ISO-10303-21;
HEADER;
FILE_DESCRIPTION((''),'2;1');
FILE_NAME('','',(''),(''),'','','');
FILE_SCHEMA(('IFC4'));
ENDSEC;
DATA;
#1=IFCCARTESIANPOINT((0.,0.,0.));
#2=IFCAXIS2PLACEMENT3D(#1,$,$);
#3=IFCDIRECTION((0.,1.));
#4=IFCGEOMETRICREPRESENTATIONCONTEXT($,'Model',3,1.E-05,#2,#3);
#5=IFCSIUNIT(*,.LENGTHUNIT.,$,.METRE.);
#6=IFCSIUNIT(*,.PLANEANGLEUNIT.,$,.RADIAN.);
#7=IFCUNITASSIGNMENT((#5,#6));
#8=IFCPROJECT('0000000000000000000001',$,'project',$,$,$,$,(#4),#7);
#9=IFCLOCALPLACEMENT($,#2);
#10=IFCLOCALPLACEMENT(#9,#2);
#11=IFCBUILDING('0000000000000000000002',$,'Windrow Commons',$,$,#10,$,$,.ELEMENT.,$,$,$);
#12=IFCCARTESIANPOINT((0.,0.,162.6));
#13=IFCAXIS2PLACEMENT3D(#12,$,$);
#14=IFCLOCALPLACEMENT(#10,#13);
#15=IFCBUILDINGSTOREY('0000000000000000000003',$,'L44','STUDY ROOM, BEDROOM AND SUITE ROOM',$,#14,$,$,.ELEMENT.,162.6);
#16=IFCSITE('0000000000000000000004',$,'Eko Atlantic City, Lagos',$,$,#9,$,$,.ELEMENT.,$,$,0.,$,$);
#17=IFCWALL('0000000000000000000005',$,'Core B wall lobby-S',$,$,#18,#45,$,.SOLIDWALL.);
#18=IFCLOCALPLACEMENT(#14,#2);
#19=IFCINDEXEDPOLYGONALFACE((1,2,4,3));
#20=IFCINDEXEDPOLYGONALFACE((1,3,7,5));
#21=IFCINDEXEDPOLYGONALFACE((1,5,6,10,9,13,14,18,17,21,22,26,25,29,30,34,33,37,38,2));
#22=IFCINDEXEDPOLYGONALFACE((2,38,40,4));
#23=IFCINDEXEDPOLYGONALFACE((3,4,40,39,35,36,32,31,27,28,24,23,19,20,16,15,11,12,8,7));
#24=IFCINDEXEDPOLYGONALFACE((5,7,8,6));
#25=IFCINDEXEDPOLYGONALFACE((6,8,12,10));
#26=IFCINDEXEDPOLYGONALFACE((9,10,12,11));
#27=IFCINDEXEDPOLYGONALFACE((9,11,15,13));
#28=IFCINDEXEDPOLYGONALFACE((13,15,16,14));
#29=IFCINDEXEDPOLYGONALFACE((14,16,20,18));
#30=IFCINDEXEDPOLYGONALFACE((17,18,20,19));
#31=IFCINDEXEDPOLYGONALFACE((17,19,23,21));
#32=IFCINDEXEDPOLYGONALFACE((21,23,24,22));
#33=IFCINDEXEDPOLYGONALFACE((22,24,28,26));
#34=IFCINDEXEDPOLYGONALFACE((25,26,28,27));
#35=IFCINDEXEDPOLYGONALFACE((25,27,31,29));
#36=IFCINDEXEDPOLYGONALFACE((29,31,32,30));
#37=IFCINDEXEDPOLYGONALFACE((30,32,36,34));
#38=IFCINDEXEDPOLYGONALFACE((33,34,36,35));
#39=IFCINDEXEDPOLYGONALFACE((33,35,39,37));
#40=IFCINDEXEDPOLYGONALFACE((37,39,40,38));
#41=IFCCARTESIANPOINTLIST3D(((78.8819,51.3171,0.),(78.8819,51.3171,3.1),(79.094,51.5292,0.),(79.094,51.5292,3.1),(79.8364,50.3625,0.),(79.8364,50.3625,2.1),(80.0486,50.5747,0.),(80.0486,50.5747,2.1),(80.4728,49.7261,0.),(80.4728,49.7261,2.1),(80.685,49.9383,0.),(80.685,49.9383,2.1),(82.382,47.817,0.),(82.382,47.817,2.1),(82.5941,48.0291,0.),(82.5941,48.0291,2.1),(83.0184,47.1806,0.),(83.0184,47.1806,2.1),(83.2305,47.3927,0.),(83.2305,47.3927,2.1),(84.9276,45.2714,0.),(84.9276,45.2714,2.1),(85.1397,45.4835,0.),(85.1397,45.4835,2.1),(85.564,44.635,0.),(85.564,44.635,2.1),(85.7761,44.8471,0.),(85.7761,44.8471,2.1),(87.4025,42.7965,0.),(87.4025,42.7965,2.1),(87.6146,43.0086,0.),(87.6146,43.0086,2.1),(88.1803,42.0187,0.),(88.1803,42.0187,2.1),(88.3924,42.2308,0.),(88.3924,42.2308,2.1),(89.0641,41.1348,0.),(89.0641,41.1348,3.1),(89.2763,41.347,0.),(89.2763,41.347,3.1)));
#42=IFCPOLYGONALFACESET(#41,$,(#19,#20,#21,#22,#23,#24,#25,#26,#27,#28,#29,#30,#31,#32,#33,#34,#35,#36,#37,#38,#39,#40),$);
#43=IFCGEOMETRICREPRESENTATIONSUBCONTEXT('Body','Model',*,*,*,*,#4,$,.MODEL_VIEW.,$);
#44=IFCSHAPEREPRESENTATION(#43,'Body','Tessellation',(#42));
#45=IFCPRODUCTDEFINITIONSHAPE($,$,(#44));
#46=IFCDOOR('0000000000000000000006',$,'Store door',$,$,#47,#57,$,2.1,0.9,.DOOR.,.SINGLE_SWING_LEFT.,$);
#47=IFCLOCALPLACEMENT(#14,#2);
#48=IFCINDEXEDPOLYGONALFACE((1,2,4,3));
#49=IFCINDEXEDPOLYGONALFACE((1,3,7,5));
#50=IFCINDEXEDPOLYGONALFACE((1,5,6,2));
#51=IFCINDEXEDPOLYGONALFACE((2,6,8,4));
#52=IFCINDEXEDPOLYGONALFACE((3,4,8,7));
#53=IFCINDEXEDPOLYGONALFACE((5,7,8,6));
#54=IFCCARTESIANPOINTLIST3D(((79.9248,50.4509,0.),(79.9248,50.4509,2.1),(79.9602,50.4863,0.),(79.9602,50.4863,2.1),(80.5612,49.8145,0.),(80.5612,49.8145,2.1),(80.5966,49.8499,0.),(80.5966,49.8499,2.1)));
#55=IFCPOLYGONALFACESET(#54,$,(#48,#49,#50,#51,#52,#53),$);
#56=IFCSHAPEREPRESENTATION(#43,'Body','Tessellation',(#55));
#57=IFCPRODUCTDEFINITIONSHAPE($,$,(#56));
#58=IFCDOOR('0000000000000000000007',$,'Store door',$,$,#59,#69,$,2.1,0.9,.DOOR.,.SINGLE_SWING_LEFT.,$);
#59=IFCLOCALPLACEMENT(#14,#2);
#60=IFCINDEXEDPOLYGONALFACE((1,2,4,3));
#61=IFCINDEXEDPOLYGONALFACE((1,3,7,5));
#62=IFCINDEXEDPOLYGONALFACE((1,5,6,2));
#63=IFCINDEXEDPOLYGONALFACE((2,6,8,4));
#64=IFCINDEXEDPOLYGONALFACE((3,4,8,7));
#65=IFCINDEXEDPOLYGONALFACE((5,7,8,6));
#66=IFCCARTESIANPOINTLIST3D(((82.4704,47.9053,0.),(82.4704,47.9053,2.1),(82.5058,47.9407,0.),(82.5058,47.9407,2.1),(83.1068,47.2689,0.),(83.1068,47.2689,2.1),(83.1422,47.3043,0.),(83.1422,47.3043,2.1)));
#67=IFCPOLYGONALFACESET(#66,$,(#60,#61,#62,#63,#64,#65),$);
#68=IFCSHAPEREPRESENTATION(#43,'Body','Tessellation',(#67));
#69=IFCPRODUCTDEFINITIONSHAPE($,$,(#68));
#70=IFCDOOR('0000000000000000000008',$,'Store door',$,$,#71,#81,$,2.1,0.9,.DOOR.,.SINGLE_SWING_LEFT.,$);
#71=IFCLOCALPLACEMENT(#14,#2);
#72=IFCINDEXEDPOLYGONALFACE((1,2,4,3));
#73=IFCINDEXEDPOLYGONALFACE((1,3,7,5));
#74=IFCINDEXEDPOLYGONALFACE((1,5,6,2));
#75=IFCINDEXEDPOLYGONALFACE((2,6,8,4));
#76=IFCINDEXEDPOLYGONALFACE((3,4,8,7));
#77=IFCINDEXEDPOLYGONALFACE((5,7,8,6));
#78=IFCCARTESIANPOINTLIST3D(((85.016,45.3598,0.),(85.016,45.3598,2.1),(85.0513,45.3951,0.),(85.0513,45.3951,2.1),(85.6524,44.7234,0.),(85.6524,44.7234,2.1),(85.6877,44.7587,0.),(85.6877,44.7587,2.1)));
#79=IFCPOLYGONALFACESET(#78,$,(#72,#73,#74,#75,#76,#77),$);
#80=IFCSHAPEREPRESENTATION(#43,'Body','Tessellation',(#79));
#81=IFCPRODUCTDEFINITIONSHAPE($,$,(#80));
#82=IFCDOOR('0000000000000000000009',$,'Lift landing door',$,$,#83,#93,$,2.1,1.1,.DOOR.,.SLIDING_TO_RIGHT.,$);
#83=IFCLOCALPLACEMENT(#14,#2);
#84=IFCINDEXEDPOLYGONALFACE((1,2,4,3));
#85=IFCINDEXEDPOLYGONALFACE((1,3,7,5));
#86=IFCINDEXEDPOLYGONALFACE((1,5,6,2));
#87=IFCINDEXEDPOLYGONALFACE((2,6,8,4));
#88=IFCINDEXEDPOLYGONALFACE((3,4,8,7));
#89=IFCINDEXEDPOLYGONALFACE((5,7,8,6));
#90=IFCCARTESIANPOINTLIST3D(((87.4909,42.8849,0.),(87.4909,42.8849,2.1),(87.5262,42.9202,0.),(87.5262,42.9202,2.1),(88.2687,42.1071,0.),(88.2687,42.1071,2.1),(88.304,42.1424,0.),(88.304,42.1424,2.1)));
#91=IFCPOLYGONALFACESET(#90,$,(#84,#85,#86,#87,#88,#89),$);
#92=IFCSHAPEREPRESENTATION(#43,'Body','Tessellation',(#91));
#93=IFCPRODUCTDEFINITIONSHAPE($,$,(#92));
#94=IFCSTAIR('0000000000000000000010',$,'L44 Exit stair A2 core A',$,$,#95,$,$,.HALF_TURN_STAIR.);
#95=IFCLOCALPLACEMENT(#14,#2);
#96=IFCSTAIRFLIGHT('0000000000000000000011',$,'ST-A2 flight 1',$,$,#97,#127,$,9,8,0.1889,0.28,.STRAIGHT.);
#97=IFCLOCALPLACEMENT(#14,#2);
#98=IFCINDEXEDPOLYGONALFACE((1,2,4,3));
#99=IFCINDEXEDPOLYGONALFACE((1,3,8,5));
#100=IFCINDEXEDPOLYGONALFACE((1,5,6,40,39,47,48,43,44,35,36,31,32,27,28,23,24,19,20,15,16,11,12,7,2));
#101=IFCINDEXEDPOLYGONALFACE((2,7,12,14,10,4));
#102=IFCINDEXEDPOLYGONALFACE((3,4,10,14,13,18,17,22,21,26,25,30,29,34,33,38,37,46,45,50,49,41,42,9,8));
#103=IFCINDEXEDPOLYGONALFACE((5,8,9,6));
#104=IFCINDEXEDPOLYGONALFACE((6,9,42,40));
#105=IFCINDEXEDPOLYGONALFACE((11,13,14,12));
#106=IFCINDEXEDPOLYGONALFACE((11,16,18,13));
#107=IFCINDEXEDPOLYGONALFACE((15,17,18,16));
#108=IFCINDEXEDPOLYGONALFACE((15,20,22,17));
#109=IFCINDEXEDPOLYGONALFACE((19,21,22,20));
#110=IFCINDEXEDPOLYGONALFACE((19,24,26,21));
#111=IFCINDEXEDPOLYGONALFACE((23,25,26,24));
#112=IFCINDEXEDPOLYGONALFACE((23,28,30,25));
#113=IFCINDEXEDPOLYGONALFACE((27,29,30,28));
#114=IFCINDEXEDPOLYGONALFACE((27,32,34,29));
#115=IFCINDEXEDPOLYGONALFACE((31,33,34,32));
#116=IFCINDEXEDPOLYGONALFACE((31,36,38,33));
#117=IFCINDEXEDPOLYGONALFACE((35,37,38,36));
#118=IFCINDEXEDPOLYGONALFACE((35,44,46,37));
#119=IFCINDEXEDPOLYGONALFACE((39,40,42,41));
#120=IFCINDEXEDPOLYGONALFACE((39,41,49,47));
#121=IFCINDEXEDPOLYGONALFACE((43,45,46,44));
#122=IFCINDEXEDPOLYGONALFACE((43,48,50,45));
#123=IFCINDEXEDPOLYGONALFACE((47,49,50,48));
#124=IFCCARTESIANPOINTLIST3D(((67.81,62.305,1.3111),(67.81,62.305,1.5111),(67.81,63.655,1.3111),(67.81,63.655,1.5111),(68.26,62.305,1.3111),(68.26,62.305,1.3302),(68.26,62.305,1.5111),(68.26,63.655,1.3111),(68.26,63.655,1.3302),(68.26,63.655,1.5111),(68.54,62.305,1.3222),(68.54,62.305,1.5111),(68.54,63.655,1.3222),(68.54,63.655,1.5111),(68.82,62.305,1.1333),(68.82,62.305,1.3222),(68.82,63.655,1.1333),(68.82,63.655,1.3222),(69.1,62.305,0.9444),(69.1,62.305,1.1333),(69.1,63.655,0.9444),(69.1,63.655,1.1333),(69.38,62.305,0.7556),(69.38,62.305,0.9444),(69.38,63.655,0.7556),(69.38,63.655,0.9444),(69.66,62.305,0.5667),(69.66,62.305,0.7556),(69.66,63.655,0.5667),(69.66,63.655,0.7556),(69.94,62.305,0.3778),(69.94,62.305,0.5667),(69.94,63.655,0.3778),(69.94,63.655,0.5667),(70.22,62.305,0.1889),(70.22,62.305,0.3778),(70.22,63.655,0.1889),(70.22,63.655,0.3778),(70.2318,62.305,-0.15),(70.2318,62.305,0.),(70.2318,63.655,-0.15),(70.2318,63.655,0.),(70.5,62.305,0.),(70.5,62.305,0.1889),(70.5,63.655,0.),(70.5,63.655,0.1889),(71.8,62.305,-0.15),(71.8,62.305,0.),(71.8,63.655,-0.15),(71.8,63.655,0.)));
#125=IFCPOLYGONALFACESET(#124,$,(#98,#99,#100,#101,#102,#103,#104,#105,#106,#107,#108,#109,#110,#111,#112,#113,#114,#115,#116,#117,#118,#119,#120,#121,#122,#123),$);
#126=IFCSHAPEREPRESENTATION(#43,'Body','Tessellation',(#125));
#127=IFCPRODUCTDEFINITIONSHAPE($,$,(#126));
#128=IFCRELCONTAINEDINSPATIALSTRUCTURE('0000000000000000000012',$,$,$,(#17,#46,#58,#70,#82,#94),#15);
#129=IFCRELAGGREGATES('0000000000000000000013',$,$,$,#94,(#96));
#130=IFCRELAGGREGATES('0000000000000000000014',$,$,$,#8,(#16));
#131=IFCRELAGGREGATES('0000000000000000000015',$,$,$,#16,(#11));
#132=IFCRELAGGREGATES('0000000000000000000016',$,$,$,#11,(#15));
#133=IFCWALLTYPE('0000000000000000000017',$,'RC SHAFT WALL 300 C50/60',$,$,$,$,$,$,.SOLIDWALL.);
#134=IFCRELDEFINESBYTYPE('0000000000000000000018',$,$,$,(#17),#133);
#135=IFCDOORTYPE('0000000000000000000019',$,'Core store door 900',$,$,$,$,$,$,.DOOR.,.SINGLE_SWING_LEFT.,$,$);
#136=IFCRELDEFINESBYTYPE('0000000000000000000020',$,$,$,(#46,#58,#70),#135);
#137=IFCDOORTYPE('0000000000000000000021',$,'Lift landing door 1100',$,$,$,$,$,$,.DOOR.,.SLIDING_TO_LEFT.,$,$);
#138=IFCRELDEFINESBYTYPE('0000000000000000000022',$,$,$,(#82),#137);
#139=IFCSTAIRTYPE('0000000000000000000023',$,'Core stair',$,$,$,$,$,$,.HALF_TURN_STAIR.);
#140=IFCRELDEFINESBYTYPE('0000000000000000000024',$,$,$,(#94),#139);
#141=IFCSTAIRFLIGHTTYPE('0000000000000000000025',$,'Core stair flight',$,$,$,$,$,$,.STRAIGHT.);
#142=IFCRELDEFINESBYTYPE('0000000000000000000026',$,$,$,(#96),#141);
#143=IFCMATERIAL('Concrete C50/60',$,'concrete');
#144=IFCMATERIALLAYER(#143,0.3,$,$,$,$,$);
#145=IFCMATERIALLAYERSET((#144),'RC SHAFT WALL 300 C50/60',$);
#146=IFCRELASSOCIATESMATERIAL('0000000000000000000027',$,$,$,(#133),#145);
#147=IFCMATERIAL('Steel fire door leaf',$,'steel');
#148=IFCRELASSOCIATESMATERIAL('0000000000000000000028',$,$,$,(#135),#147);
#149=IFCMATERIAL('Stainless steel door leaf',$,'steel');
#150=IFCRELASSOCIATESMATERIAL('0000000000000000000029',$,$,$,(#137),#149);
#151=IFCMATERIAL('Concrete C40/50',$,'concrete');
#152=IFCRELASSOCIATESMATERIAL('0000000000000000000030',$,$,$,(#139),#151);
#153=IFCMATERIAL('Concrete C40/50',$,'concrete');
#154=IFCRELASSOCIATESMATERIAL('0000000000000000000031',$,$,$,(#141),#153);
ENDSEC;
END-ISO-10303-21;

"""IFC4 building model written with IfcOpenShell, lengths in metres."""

from ifc_helpers import new_model, si_unit, direction, frame, frame_2d, origin, place, context, subcontext, project, spatial, polyline, rectangle, outline, extrude, material, layer, layer_set, type_object, element, fill, aggregate, save


model = new_model("IFC4")

# Units and contexts
model_context = context("Model", 3, precision=1e-05, world=origin(), true_north=direction((0.0, 1.0)))
body_context = subcontext(model_context, "Body", "Model", "MODEL_VIEW")
ifc_project = project(units=[si_unit("LENGTHUNIT", "METRE"), si_unit("PLANEANGLEUNIT", "RADIAN")], contexts=[model_context])

# Site, building, storey
site_placement = place(None, origin())
site = spatial("IfcSite", under=ifc_project, at=site_placement, Name="Eko Atlantic City, Lagos", CompositionType="ELEMENT", RefElevation=0.0)
building_placement = place(site_placement, origin())
building = spatial("IfcBuilding", under=site, at=building_placement, Name="Windrow Commons", CompositionType="ELEMENT")
storey_placement = place(building_placement, frame((0.0, 0.0, 162.6)))
storey = spatial("IfcBuildingStorey", under=building, at=storey_placement, Name="L44", Description="STUDY ROOM, BEDROOM AND SUITE ROOM", CompositionType="ELEMENT", Elevation=162.6)

# Shared definitions
ifc_material_1 = material(Name="Concrete C50/60", Category="concrete")
ifc_layer_1 = layer(ifc_material_1, 0.3)
ifc_layer_set_1 = layer_set([ifc_layer_1], Name="RC SHAFT WALL 300 C50/60")
wall_type_1 = type_object("IfcWallType", Name="RC SHAFT WALL 300 C50/60", PredefinedType="SOLIDWALL", material=ifc_layer_set_1)

# Wall, openings, doors
wall_1_placement = place(storey_placement, frame((78.9879, 51.4232, 0.0), z_axis=(0.0, 0.0, 1.0), x_axis=(0.707107, -0.707107, 0.0)))
wall_1 = element("IfcWall", 1, at=wall_1_placement, inside=storey, type_object=wall_type_1, Name="Core B wall lobby-S", PredefinedType="SOLIDWALL", context=body_context, shape_type="SweptSolid", body=[
    extrude(rectangle(XDim=14.3999, YDim=0.3, at=frame_2d((7.2, 0.0))), origin(), (0.0, 0.0, 1.0), 3.1),
])
opening_1_placement = place(wall_1_placement, frame((1.35, 0.0, 0.0)))
opening_1 = element("IfcOpeningElement", 2, at=opening_1_placement, cuts=wall_1, PredefinedType="OPENING", context=body_context, shape_type="SweptSolid", body=[
    extrude(rectangle(XDim=0.9, YDim=2.1, at=frame_2d((0.45, 1.05))), frame((0.0, 0.16, 0.0), z_axis=(0.0, -1.0, 0.0), x_axis=(1.0, 0.0, 0.0)), (0.0, 0.0, 1.0), 0.32),
])
opening_2_placement = place(wall_1_placement, frame((4.95, 0.0, 0.0)))
opening_2 = element("IfcOpeningElement", 3, at=opening_2_placement, cuts=wall_1, PredefinedType="OPENING", context=body_context, shape_type="SweptSolid", body=[
    extrude(rectangle(XDim=0.9, YDim=2.1, at=frame_2d((0.45, 1.05))), frame((0.0, 0.16, 0.0), z_axis=(0.0, -1.0, 0.0), x_axis=(1.0, 0.0, 0.0)), (0.0, 0.0, 1.0), 0.32),
])
opening_3_placement = place(wall_1_placement, frame((8.55, 0.0, 0.0)))
opening_3 = element("IfcOpeningElement", 4, at=opening_3_placement, cuts=wall_1, PredefinedType="OPENING", context=body_context, shape_type="SweptSolid", body=[
    extrude(rectangle(XDim=0.9, YDim=2.1, at=frame_2d((0.45, 1.05))), frame((0.0, 0.16, 0.0), z_axis=(0.0, -1.0, 0.0), x_axis=(1.0, 0.0, 0.0)), (0.0, 0.0, 1.0), 0.32),
])
opening_4_placement = place(wall_1_placement, frame((12.05, 0.0, 0.0)))
opening_4 = element("IfcOpeningElement", 5, at=opening_4_placement, cuts=wall_1, PredefinedType="OPENING", context=body_context, shape_type="SweptSolid", body=[
    extrude(rectangle(XDim=1.1, YDim=2.1, at=frame_2d((0.55, 1.05))), frame((0.0, 0.16, 0.0), z_axis=(0.0, -1.0, 0.0), x_axis=(1.0, 0.0, 0.0)), (0.0, 0.0, 1.0), 0.32),
])
ifc_material_2 = material(Name="Steel fire door leaf", Category="steel")
door_type_1 = type_object("IfcDoorType", Name="Core store door 900", OperationType="SINGLE_SWING_LEFT", PredefinedType="DOOR", material=ifc_material_2)
door_1_placement = place(opening_1_placement, origin())
door_1 = element("IfcDoor", 6, at=door_1_placement, inside=storey, type_object=door_type_1, Name="Store door", OperationType="SINGLE_SWING_LEFT", OverallHeight=2.1, OverallWidth=0.9, PredefinedType="DOOR", context=body_context, shape_type="SweptSolid", body=[
    extrude(rectangle(XDim=0.9, YDim=2.1, at=frame_2d((0.45, 1.05))), frame((0.0, 0.025, 0.0), z_axis=(0.0, -1.0, 0.0), x_axis=(1.0, 0.0, 0.0)), (0.0, 0.0, 1.0), 0.05),
])
fill(opening_1, door_1)
door_2_placement = place(opening_2_placement, origin())
door_2 = element("IfcDoor", 7, at=door_2_placement, inside=storey, type_object=door_type_1, Name="Store door", OperationType="SINGLE_SWING_LEFT", OverallHeight=2.1, OverallWidth=0.9, PredefinedType="DOOR", context=body_context, shape_type="SweptSolid", body=[
    extrude(rectangle(XDim=0.9, YDim=2.1, at=frame_2d((0.45, 1.05))), frame((0.0, 0.025, 0.0), z_axis=(0.0, -1.0, 0.0), x_axis=(1.0, 0.0, 0.0)), (0.0, 0.0, 1.0), 0.05),
])
fill(opening_2, door_2)
door_3_placement = place(opening_3_placement, origin())
door_3 = element("IfcDoor", 8, at=door_3_placement, inside=storey, type_object=door_type_1, Name="Store door", OperationType="SINGLE_SWING_LEFT", OverallHeight=2.1, OverallWidth=0.9, PredefinedType="DOOR", context=body_context, shape_type="SweptSolid", body=[
    extrude(rectangle(XDim=0.9, YDim=2.1, at=frame_2d((0.45, 1.05))), frame((0.0, 0.025, 0.0), z_axis=(0.0, -1.0, 0.0), x_axis=(1.0, 0.0, 0.0)), (0.0, 0.0, 1.0), 0.05),
])
fill(opening_3, door_3)
ifc_material_3 = material(Name="Stainless steel door leaf", Category="steel")
door_type_2 = type_object("IfcDoorType", Name="Lift landing door 1100", OperationType="SLIDING_TO_LEFT", PredefinedType="DOOR", material=ifc_material_3)
door_4_placement = place(opening_4_placement, origin())
door_4 = element("IfcDoor", 9, at=door_4_placement, inside=storey, type_object=door_type_2, Name="Lift landing door", OperationType="SLIDING_TO_RIGHT", OverallHeight=2.1, OverallWidth=1.1, PredefinedType="DOOR", context=body_context, shape_type="SweptSolid", body=[
    extrude(rectangle(XDim=1.1, YDim=2.1, at=frame_2d((0.55, 1.05))), frame((0.0, 0.025, 0.0), z_axis=(0.0, -1.0, 0.0), x_axis=(1.0, 0.0, 0.0)), (0.0, 0.0, 1.0), 0.05),
])
fill(opening_4, door_4)

# Stair, stair flight
ifc_material_4 = material(Name="Concrete C40/50", Category="concrete")
stair_type = type_object("IfcStairType", Name="Core stair", PredefinedType="HALF_TURN_STAIR", material=ifc_material_4)
stair_placement = place(storey_placement, origin())
stair = element("IfcStair", 10, at=stair_placement, inside=storey, type_object=stair_type, Name="L44 Exit stair A2 core A", PredefinedType="HALF_TURN_STAIR")
ifc_material_5 = material(Name="Concrete C40/50", Category="concrete")
stair_flight_type = type_object("IfcStairFlightType", Name="Core stair flight", PredefinedType="STRAIGHT", material=ifc_material_5)
stair_flight_placement = place(storey_placement, frame((70.5, 62.98, 0.0), z_axis=(0.0, 0.0, 1.0), x_axis=(-1.0, 0.0, 0.0)))
stair_flight = element("IfcStairFlight", 11, at=stair_flight_placement, type_object=stair_flight_type, Name="ST-A2 flight 1", NumberOfRisers=9, NumberOfTreads=8, PredefinedType="STRAIGHT", RiserHeight=0.1889, TreadLength=0.28, context=body_context, shape_type="SweptSolid", body=[
    extrude(outline(polyline([(-1.3, -0.15), (-1.3, 0.0), (0.0, 0.0), (0.0, 0.1889), (0.28, 0.1889), (0.28, 0.3778), (0.56, 0.3778), (0.56, 0.5667), (0.84, 0.5667), (0.84, 0.7556), (1.12, 0.7556), (1.12, 0.9444), (1.4, 0.9444), (1.4, 1.1333), (1.68, 1.1333), (1.68, 1.3222), (1.96, 1.3222), (1.96, 1.5111), (2.24, 1.5111), (2.69, 1.5111), (2.69, 1.3111), (2.24, 1.3111), (2.24, 1.3302), (0.2682, 0.0), (0.2682, -0.15), (-1.3, -0.15)])), frame((0.0, 0.675, 0.0), z_axis=(0.0, -1.0, 0.0), x_axis=(1.0, 0.0, 0.0)), (0.0, 0.0, 1.0), 1.35),
])
aggregate(stair, [stair_flight])

save(model, "model.ifc")
